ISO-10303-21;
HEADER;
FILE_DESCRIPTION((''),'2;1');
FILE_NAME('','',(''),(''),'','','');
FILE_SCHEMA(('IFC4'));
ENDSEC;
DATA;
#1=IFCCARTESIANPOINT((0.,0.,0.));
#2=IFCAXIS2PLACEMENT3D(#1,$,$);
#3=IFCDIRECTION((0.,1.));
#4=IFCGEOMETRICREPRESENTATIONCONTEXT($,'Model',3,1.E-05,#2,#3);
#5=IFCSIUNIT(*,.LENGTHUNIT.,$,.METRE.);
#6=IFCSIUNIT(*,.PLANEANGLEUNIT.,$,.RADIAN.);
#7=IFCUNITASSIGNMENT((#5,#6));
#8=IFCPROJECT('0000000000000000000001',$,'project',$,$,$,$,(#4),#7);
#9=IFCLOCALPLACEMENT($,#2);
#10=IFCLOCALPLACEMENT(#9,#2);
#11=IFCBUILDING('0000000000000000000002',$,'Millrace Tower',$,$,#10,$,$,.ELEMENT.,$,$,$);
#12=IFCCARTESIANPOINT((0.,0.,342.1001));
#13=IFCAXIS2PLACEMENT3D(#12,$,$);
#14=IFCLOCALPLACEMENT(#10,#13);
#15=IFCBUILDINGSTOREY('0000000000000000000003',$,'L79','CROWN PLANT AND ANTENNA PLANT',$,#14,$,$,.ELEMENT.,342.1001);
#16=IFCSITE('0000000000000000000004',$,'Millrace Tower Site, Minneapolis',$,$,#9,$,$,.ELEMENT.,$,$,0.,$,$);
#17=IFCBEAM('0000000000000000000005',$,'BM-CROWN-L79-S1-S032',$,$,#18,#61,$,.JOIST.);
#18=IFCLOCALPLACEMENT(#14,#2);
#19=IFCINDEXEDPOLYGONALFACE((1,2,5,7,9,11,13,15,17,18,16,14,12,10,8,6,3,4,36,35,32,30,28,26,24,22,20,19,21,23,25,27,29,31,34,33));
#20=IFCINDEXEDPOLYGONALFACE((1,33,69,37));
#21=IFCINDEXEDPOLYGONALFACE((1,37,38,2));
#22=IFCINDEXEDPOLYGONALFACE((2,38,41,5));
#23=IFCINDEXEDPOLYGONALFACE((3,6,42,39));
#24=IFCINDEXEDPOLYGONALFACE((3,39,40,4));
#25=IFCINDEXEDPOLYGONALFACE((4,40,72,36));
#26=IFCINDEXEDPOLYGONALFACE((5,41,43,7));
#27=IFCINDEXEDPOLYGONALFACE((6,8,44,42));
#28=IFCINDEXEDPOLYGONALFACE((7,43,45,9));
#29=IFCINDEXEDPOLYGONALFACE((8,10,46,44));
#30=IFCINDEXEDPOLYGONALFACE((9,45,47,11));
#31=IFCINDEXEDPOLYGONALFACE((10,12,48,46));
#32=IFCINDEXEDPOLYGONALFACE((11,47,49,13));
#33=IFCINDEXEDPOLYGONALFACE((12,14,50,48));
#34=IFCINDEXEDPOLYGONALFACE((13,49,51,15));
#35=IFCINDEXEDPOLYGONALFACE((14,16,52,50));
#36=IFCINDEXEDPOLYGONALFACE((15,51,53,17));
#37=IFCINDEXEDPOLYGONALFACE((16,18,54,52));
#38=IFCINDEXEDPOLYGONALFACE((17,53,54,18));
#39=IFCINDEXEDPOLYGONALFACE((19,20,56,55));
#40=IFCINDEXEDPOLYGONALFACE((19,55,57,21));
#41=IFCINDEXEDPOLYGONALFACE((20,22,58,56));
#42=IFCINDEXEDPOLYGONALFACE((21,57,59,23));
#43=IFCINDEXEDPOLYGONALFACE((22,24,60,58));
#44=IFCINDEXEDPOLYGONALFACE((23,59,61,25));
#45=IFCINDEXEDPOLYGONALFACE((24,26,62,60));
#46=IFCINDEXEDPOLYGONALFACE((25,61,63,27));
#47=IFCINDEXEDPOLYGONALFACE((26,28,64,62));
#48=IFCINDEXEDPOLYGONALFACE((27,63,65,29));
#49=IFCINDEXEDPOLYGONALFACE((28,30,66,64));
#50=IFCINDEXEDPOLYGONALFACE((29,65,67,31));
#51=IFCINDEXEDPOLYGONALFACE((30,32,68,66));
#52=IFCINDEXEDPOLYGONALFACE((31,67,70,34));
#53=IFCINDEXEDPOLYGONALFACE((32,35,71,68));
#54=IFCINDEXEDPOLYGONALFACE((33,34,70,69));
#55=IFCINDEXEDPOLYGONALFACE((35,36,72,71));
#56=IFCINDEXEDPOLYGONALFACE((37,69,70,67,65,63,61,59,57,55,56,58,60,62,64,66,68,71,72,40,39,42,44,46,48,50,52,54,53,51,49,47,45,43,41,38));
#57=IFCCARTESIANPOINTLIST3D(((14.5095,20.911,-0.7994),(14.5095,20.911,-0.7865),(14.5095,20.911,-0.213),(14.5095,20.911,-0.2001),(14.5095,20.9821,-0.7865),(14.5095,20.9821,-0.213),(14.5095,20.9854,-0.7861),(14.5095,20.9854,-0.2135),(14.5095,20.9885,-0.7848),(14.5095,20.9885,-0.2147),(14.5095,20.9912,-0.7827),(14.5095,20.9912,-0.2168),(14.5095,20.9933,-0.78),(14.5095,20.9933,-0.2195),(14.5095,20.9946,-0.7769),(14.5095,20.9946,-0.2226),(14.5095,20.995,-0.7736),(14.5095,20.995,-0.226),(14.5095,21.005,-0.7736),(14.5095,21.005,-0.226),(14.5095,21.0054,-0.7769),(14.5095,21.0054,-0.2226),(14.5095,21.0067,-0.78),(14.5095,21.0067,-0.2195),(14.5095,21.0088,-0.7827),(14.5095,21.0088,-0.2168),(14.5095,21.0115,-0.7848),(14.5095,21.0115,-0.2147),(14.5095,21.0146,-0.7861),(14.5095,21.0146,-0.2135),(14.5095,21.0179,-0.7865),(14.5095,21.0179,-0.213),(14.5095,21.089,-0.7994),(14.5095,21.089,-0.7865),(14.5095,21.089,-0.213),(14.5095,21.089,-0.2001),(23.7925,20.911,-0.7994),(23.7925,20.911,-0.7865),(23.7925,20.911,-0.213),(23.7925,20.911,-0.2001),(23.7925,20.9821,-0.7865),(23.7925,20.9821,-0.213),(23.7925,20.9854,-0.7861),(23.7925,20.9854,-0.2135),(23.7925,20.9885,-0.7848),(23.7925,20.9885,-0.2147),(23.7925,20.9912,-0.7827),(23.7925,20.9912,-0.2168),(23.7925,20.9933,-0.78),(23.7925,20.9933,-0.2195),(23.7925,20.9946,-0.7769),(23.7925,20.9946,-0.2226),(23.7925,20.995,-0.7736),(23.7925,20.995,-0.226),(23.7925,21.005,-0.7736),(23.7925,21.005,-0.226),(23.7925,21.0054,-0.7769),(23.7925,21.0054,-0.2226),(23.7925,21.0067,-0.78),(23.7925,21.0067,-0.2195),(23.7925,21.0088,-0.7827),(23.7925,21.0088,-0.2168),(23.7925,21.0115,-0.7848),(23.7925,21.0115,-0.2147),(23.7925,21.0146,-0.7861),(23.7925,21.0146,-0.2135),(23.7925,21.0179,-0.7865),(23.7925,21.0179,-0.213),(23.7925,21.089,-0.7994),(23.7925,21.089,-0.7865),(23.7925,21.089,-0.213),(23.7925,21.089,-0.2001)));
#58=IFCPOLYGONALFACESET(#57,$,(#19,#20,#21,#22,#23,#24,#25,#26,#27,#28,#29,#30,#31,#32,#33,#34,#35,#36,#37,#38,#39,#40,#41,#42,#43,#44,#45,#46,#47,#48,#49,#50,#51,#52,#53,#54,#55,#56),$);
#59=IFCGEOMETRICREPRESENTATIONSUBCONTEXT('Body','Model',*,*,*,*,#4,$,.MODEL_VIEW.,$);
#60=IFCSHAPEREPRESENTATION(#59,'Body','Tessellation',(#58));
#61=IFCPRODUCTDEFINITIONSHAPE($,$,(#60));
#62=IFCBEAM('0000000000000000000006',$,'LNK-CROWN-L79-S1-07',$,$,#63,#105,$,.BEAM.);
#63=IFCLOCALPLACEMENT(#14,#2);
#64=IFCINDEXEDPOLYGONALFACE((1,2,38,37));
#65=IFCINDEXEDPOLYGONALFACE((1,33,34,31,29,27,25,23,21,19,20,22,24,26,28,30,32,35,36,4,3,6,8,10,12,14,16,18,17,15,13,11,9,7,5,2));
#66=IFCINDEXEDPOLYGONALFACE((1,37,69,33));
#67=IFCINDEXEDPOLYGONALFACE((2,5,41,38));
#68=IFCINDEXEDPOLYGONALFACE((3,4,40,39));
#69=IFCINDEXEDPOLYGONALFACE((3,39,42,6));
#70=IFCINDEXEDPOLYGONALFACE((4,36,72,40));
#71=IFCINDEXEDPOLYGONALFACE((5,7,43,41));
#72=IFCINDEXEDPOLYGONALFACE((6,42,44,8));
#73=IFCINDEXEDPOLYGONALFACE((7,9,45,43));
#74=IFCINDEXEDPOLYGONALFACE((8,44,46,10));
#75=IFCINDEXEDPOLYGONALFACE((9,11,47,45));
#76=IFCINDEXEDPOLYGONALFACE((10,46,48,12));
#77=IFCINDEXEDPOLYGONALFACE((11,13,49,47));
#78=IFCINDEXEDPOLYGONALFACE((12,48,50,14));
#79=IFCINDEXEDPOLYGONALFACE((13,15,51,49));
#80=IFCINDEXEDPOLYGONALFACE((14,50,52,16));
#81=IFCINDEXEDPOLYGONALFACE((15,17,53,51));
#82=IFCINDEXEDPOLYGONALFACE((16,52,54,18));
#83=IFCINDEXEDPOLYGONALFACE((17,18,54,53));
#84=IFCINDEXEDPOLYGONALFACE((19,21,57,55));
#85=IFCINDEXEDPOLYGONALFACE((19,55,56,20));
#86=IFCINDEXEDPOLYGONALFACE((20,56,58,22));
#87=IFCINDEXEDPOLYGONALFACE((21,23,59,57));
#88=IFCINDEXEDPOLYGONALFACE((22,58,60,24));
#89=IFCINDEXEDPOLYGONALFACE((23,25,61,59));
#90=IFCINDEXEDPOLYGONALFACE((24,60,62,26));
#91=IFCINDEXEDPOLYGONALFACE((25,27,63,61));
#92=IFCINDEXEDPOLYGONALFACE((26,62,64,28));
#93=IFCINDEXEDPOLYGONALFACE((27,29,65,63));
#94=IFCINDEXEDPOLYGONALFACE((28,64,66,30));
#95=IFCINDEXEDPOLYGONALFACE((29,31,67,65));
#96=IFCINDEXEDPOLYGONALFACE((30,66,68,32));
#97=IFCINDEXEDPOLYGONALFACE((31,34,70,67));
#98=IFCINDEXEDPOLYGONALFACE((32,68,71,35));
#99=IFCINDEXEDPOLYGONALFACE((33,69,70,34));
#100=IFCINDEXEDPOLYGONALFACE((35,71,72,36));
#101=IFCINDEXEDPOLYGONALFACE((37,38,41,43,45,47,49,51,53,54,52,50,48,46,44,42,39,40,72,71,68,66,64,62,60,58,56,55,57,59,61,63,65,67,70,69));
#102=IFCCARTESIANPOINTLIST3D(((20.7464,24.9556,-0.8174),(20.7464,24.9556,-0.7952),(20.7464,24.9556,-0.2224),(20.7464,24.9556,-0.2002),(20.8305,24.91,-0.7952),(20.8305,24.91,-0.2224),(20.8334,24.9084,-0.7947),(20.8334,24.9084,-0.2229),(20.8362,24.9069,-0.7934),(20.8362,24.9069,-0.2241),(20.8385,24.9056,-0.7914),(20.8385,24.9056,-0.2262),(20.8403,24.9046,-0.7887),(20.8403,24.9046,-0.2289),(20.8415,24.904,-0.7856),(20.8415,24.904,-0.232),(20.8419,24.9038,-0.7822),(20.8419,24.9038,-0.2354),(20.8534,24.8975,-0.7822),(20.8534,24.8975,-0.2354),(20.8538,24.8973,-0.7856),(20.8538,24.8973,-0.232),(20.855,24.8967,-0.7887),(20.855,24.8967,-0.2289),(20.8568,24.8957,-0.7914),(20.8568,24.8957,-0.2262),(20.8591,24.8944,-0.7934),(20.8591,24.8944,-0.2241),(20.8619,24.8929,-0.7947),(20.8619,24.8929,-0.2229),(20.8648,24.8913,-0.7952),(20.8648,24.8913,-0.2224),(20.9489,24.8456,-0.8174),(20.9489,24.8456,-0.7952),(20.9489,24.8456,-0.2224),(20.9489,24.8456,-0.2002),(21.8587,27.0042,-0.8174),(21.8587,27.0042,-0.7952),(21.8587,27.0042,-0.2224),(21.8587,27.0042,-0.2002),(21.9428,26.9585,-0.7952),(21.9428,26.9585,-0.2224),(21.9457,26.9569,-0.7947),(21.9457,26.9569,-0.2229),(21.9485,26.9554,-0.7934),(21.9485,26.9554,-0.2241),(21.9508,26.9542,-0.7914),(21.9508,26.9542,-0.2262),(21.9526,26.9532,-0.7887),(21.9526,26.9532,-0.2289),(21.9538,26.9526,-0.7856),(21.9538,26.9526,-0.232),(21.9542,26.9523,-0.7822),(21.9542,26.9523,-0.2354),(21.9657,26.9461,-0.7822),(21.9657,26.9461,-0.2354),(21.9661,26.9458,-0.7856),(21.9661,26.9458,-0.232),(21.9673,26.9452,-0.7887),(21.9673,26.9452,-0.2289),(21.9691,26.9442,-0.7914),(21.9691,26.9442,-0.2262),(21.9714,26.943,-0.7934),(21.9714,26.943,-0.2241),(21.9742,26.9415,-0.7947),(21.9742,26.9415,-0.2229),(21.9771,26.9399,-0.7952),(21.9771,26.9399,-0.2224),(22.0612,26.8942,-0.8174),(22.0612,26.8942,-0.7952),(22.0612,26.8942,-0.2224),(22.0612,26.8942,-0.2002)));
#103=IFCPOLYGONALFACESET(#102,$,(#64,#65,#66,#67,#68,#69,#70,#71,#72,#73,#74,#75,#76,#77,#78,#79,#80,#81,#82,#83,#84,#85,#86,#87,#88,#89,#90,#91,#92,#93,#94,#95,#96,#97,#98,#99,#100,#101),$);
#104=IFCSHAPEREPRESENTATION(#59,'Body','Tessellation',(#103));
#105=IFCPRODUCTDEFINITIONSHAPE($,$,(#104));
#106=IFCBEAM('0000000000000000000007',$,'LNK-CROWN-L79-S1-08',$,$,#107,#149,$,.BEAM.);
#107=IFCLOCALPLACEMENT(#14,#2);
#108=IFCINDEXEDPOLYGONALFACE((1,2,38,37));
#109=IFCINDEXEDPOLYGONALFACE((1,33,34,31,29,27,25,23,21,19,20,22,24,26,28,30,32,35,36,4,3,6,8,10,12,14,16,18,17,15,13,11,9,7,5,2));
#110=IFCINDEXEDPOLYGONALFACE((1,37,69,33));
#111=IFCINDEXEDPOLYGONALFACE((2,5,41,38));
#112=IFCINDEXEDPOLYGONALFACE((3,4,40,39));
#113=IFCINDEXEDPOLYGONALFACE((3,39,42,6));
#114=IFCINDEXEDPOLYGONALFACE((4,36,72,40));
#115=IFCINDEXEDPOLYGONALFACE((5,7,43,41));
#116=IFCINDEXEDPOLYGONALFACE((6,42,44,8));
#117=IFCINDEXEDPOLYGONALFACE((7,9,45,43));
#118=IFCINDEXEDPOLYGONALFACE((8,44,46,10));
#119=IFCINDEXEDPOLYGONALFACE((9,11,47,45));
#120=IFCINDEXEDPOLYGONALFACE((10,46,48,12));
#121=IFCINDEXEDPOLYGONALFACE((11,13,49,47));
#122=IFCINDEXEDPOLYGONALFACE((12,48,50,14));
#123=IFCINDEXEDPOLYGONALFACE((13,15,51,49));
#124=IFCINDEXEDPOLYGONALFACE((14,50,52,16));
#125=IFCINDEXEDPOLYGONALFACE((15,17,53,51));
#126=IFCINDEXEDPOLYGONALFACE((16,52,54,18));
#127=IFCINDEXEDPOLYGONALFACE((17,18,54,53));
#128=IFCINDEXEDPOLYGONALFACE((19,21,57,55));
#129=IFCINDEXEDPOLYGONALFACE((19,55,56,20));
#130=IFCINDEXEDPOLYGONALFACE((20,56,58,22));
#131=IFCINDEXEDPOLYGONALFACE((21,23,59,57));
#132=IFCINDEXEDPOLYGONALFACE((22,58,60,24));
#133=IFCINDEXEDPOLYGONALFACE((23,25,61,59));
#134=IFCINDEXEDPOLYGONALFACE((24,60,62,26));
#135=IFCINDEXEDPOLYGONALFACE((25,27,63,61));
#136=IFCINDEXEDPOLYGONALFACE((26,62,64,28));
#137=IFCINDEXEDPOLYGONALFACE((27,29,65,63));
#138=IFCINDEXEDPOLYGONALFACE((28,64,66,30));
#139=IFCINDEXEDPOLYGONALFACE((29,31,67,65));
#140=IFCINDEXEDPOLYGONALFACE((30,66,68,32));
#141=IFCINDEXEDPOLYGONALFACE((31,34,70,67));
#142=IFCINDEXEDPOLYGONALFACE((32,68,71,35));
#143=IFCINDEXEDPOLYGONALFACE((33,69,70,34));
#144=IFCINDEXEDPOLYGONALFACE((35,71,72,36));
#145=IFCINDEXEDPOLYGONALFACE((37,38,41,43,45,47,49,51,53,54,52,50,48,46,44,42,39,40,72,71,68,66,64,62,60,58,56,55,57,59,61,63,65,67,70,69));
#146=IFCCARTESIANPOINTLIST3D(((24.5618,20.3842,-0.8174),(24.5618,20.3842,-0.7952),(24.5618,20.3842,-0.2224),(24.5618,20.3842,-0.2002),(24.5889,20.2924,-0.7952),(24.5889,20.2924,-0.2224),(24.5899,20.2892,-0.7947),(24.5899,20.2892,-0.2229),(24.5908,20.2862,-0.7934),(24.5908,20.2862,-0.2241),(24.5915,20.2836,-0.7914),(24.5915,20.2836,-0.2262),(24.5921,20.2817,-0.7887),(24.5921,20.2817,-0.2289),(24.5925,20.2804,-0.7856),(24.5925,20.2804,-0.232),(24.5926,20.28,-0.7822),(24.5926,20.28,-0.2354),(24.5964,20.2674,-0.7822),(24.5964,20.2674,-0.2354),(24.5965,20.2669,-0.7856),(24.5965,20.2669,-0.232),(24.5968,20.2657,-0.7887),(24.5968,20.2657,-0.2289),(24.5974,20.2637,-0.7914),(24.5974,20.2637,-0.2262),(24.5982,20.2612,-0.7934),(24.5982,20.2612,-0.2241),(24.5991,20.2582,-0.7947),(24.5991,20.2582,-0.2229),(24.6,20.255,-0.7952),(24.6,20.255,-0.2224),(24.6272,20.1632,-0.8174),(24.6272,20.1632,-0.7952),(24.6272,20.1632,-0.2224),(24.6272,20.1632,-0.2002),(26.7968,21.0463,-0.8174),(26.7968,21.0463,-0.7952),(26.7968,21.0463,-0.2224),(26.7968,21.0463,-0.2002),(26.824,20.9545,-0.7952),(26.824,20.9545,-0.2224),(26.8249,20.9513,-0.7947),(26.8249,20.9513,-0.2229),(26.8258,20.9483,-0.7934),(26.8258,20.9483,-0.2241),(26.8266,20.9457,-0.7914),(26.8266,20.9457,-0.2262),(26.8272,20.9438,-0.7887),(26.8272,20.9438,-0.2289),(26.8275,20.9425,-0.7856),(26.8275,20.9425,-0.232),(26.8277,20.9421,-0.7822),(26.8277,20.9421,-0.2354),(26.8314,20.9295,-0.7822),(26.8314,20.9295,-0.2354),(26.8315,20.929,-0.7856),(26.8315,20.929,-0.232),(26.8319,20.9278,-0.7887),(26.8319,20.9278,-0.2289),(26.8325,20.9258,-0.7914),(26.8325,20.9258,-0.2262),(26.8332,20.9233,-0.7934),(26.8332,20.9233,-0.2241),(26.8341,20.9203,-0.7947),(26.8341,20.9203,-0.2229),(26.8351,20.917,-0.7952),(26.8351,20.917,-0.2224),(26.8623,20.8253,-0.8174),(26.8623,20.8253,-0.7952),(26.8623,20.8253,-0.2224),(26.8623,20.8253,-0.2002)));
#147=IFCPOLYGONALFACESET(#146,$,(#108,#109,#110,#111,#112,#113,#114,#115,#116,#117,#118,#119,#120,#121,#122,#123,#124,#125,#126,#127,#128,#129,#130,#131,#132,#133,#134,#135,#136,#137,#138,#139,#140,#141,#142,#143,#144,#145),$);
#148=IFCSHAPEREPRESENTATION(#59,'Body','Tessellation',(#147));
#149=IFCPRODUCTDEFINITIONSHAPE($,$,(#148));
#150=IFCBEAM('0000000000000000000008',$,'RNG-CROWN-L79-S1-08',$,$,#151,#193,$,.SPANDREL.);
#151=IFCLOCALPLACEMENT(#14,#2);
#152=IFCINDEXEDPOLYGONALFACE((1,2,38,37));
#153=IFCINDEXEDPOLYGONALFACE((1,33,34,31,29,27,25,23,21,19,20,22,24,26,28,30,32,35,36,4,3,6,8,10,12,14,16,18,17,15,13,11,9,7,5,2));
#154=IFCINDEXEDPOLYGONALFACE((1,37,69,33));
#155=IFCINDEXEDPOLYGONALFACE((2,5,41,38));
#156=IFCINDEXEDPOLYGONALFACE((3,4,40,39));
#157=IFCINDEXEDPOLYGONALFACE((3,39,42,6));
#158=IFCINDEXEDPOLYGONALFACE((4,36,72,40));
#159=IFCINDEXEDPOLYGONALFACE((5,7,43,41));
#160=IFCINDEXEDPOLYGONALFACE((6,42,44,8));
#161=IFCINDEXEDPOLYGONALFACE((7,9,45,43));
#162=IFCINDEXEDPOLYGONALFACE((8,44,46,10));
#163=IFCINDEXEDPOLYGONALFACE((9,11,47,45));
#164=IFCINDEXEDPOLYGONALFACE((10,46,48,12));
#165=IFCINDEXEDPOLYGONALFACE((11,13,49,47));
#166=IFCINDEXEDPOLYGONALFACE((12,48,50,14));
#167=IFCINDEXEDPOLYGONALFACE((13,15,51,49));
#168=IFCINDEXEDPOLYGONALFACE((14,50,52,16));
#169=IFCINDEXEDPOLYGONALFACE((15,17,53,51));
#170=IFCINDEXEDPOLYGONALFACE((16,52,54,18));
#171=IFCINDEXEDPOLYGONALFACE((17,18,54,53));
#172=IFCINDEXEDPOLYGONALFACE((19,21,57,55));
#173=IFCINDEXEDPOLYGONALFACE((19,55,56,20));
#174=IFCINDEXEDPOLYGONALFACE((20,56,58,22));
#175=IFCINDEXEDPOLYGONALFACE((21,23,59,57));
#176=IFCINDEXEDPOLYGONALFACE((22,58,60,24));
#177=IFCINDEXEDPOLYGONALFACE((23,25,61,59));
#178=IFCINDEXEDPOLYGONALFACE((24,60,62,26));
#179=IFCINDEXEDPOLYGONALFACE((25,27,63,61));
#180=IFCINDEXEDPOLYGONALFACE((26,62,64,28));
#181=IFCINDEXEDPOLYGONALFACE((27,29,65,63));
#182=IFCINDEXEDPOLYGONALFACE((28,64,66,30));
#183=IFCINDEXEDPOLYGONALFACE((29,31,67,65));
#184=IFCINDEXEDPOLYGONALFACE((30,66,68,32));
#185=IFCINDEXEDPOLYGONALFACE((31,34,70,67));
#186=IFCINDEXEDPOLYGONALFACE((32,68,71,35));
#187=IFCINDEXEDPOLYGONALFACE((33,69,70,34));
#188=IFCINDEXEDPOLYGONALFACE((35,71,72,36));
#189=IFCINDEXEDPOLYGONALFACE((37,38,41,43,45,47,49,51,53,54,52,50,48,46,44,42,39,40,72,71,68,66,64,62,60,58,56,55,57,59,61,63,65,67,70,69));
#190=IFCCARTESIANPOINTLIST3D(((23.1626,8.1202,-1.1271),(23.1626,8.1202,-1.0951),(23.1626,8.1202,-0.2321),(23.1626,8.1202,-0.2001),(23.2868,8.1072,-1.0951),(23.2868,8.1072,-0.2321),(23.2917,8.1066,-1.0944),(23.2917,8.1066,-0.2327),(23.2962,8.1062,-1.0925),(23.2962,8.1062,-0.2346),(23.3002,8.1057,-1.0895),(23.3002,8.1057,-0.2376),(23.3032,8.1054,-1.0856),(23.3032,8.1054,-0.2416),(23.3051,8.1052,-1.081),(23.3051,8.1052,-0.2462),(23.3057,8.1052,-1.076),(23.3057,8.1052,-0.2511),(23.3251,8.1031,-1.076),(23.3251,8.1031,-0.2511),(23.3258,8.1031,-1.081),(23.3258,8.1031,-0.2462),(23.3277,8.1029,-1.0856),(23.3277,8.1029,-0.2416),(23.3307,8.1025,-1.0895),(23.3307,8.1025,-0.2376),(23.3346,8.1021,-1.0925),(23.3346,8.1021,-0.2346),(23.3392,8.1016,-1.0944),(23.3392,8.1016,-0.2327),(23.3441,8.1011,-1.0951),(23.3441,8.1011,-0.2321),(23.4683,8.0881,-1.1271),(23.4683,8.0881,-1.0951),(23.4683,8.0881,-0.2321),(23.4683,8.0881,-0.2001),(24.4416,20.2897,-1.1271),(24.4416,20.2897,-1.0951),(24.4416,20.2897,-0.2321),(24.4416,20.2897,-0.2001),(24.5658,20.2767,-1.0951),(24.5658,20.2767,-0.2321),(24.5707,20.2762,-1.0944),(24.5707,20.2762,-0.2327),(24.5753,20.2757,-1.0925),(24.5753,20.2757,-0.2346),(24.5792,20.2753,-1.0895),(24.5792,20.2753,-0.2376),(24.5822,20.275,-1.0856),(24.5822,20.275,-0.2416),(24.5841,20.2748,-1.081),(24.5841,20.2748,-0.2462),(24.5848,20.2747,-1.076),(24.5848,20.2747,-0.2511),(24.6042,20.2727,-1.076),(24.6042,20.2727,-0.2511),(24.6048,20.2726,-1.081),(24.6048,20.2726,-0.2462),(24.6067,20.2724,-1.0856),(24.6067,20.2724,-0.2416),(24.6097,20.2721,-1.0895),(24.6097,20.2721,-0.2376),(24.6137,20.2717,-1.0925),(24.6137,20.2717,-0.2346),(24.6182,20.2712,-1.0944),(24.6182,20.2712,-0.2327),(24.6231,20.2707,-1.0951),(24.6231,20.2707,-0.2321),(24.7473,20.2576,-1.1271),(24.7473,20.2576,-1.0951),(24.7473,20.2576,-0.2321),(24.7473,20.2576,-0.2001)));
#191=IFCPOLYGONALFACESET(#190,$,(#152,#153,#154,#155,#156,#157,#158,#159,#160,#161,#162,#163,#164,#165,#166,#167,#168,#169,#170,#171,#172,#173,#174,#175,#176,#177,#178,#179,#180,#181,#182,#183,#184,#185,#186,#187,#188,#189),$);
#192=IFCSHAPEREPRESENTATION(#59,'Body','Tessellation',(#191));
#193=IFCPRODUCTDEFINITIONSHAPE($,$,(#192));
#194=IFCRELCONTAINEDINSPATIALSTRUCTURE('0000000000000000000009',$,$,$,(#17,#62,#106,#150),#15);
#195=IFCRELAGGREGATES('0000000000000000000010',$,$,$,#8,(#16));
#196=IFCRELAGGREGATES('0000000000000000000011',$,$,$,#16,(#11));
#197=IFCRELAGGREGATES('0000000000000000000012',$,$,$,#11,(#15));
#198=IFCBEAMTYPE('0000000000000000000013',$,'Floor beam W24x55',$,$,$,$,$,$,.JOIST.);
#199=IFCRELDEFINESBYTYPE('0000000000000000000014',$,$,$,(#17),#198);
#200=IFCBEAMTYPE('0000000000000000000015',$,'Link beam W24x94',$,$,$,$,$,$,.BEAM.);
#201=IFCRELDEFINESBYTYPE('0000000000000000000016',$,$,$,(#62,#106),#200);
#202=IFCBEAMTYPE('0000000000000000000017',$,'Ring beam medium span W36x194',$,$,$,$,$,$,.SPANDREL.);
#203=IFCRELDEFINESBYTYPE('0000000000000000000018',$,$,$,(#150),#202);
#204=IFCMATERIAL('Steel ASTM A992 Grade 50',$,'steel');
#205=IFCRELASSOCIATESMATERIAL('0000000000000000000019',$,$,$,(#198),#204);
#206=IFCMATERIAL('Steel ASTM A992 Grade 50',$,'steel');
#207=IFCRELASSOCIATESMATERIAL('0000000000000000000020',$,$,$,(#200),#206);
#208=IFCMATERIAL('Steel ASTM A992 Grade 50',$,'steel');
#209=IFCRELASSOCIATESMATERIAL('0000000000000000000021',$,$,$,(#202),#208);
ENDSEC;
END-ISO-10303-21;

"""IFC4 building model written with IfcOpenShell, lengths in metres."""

from ifc_helpers import new_model, si_unit, direction, frame, origin, origin_2d, place, context, subcontext, project, spatial, i_section, extrude, material, material_profile, profile_set, type_object, element, save


model = new_model("IFC4")

# Units and contexts
model_context = context("Model", 3, precision=1e-05, world=origin(), true_north=direction((0.0, 1.0)))
body_context = subcontext(model_context, "Body", "Model", "MODEL_VIEW")
ifc_project = project(units=[si_unit("LENGTHUNIT", "METRE"), si_unit("PLANEANGLEUNIT", "RADIAN")], contexts=[model_context])

# Site, building, storey
site_placement = place(None, origin())
site = spatial("IfcSite", under=ifc_project, at=site_placement, Name="Millrace Tower Site, Minneapolis", CompositionType="ELEMENT", RefElevation=0.0)
building_placement = place(site_placement, origin())
building = spatial("IfcBuilding", under=site, at=building_placement, Name="Millrace Tower", CompositionType="ELEMENT")
storey_placement = place(building_placement, frame((0.0, 0.0, 342.1001)))
storey = spatial("IfcBuildingStorey", under=building, at=storey_placement, Name="L79", Description="CROWN PLANT AND ANTENNA PLANT", CompositionType="ELEMENT", Elevation=342.1001)

# Beams
ifc_material_1 = material(Name="Steel ASTM A992 Grade 50", Category="steel")
ifc_material_profile_1 = material_profile(ifc_material_1, i_section(OverallWidth=0.178, OverallDepth=0.5994, WebThickness=0.01, FlangeThickness=0.0129, FilletRadius=0.0129, at=origin_2d()))
ifc_profile_set_1 = profile_set([ifc_material_profile_1], Name="Steel ASTM A992 Grade 50")
beam_type_1 = type_object("IfcBeamType", Name="Floor beam W24x55", PredefinedType="JOIST", material=ifc_profile_set_1)
beam_1_placement = place(storey_placement, frame((14.5095, 21.0, -0.4998), z_axis=(1.0, 0.0, 0.0), x_axis=(0.0, 1.0, 0.0)))
element("IfcBeam", 1, at=beam_1_placement, inside=storey, type_object=beam_type_1, Name="BM-CROWN-L79-S1-S032", PredefinedType="JOIST", context=body_context, shape_type="SweptSolid", body=[
    extrude(i_section(OverallWidth=0.178, OverallDepth=0.5994, WebThickness=0.01, FlangeThickness=0.0129, FilletRadius=0.0129, at=origin_2d()), origin(), (0.0, 0.0, 1.0), 9.283),
])
ifc_material_2 = material(Name="Steel ASTM A992 Grade 50", Category="steel")
ifc_material_profile_2 = material_profile(ifc_material_2, i_section(OverallWidth=0.2305, OverallDepth=0.6172, WebThickness=0.0132, FlangeThickness=0.0222, FilletRadius=0.0129, at=origin_2d()))
ifc_profile_set_2 = profile_set([ifc_material_profile_2], Name="Steel ASTM A992 Grade 50")
beam_type_2 = type_object("IfcBeamType", Name="Link beam W24x94", PredefinedType="BEAM", material=ifc_profile_set_2)
for number, where, z_axis, x_axis, name in (
    (2, (20.8477, 24.9006, -0.5088), (0.477164, 0.878815, 0.0), (-0.878815, 0.477164, 0.0), "LNK-CROWN-L79-S1-07"),
    (3, (24.5945, 20.2737, -0.5088), (0.958815, 0.284031, 0.0), (-0.284031, 0.958815, 0.0), "LNK-CROWN-L79-S1-08"),
):
    element("IfcBeam", number, at=place(storey_placement, frame(where, z_axis=z_axis, x_axis=x_axis)), inside=storey, type_object=beam_type_2, Name=name, PredefinedType="BEAM", context=body_context, shape_type="SweptSolid", body=[
        extrude(i_section(OverallWidth=0.2305, OverallDepth=0.6172, WebThickness=0.0132, FlangeThickness=0.0222, FilletRadius=0.0129, at=origin_2d()), origin(), (0.0, 0.0, 1.0), 2.3311),
    ])
ifc_material_3 = material(Name="Steel ASTM A992 Grade 50", Category="steel")
ifc_material_profile_3 = material_profile(ifc_material_3, i_section(OverallWidth=0.3074, OverallDepth=0.927, WebThickness=0.0195, FlangeThickness=0.032, FilletRadius=0.019, at=origin_2d()))
ifc_profile_set_3 = profile_set([ifc_material_profile_3], Name="Steel ASTM A992 Grade 50")
beam_type_3 = type_object("IfcBeamType", Name="Ring beam medium span W36x194", PredefinedType="SPANDREL", material=ifc_profile_set_3)
beam_2_placement = place(storey_placement, frame((24.5945, 20.2737, -0.6636), z_axis=(-0.104528, -0.994522, 0.0), x_axis=(0.994522, -0.104528, 0.0)))
element("IfcBeam", 4, at=beam_2_placement, inside=storey, type_object=beam_type_3, Name="RNG-CROWN-L79-S1-08", PredefinedType="SPANDREL", context=body_context, shape_type="SweptSolid", body=[
    extrude(i_section(OverallWidth=0.3074, OverallDepth=0.927, WebThickness=0.0195, FlangeThickness=0.032, FilletRadius=0.019, at=origin_2d()), origin(), (0.0, 0.0, 1.0), 12.2366),
])

save(model, "model.ifc")
